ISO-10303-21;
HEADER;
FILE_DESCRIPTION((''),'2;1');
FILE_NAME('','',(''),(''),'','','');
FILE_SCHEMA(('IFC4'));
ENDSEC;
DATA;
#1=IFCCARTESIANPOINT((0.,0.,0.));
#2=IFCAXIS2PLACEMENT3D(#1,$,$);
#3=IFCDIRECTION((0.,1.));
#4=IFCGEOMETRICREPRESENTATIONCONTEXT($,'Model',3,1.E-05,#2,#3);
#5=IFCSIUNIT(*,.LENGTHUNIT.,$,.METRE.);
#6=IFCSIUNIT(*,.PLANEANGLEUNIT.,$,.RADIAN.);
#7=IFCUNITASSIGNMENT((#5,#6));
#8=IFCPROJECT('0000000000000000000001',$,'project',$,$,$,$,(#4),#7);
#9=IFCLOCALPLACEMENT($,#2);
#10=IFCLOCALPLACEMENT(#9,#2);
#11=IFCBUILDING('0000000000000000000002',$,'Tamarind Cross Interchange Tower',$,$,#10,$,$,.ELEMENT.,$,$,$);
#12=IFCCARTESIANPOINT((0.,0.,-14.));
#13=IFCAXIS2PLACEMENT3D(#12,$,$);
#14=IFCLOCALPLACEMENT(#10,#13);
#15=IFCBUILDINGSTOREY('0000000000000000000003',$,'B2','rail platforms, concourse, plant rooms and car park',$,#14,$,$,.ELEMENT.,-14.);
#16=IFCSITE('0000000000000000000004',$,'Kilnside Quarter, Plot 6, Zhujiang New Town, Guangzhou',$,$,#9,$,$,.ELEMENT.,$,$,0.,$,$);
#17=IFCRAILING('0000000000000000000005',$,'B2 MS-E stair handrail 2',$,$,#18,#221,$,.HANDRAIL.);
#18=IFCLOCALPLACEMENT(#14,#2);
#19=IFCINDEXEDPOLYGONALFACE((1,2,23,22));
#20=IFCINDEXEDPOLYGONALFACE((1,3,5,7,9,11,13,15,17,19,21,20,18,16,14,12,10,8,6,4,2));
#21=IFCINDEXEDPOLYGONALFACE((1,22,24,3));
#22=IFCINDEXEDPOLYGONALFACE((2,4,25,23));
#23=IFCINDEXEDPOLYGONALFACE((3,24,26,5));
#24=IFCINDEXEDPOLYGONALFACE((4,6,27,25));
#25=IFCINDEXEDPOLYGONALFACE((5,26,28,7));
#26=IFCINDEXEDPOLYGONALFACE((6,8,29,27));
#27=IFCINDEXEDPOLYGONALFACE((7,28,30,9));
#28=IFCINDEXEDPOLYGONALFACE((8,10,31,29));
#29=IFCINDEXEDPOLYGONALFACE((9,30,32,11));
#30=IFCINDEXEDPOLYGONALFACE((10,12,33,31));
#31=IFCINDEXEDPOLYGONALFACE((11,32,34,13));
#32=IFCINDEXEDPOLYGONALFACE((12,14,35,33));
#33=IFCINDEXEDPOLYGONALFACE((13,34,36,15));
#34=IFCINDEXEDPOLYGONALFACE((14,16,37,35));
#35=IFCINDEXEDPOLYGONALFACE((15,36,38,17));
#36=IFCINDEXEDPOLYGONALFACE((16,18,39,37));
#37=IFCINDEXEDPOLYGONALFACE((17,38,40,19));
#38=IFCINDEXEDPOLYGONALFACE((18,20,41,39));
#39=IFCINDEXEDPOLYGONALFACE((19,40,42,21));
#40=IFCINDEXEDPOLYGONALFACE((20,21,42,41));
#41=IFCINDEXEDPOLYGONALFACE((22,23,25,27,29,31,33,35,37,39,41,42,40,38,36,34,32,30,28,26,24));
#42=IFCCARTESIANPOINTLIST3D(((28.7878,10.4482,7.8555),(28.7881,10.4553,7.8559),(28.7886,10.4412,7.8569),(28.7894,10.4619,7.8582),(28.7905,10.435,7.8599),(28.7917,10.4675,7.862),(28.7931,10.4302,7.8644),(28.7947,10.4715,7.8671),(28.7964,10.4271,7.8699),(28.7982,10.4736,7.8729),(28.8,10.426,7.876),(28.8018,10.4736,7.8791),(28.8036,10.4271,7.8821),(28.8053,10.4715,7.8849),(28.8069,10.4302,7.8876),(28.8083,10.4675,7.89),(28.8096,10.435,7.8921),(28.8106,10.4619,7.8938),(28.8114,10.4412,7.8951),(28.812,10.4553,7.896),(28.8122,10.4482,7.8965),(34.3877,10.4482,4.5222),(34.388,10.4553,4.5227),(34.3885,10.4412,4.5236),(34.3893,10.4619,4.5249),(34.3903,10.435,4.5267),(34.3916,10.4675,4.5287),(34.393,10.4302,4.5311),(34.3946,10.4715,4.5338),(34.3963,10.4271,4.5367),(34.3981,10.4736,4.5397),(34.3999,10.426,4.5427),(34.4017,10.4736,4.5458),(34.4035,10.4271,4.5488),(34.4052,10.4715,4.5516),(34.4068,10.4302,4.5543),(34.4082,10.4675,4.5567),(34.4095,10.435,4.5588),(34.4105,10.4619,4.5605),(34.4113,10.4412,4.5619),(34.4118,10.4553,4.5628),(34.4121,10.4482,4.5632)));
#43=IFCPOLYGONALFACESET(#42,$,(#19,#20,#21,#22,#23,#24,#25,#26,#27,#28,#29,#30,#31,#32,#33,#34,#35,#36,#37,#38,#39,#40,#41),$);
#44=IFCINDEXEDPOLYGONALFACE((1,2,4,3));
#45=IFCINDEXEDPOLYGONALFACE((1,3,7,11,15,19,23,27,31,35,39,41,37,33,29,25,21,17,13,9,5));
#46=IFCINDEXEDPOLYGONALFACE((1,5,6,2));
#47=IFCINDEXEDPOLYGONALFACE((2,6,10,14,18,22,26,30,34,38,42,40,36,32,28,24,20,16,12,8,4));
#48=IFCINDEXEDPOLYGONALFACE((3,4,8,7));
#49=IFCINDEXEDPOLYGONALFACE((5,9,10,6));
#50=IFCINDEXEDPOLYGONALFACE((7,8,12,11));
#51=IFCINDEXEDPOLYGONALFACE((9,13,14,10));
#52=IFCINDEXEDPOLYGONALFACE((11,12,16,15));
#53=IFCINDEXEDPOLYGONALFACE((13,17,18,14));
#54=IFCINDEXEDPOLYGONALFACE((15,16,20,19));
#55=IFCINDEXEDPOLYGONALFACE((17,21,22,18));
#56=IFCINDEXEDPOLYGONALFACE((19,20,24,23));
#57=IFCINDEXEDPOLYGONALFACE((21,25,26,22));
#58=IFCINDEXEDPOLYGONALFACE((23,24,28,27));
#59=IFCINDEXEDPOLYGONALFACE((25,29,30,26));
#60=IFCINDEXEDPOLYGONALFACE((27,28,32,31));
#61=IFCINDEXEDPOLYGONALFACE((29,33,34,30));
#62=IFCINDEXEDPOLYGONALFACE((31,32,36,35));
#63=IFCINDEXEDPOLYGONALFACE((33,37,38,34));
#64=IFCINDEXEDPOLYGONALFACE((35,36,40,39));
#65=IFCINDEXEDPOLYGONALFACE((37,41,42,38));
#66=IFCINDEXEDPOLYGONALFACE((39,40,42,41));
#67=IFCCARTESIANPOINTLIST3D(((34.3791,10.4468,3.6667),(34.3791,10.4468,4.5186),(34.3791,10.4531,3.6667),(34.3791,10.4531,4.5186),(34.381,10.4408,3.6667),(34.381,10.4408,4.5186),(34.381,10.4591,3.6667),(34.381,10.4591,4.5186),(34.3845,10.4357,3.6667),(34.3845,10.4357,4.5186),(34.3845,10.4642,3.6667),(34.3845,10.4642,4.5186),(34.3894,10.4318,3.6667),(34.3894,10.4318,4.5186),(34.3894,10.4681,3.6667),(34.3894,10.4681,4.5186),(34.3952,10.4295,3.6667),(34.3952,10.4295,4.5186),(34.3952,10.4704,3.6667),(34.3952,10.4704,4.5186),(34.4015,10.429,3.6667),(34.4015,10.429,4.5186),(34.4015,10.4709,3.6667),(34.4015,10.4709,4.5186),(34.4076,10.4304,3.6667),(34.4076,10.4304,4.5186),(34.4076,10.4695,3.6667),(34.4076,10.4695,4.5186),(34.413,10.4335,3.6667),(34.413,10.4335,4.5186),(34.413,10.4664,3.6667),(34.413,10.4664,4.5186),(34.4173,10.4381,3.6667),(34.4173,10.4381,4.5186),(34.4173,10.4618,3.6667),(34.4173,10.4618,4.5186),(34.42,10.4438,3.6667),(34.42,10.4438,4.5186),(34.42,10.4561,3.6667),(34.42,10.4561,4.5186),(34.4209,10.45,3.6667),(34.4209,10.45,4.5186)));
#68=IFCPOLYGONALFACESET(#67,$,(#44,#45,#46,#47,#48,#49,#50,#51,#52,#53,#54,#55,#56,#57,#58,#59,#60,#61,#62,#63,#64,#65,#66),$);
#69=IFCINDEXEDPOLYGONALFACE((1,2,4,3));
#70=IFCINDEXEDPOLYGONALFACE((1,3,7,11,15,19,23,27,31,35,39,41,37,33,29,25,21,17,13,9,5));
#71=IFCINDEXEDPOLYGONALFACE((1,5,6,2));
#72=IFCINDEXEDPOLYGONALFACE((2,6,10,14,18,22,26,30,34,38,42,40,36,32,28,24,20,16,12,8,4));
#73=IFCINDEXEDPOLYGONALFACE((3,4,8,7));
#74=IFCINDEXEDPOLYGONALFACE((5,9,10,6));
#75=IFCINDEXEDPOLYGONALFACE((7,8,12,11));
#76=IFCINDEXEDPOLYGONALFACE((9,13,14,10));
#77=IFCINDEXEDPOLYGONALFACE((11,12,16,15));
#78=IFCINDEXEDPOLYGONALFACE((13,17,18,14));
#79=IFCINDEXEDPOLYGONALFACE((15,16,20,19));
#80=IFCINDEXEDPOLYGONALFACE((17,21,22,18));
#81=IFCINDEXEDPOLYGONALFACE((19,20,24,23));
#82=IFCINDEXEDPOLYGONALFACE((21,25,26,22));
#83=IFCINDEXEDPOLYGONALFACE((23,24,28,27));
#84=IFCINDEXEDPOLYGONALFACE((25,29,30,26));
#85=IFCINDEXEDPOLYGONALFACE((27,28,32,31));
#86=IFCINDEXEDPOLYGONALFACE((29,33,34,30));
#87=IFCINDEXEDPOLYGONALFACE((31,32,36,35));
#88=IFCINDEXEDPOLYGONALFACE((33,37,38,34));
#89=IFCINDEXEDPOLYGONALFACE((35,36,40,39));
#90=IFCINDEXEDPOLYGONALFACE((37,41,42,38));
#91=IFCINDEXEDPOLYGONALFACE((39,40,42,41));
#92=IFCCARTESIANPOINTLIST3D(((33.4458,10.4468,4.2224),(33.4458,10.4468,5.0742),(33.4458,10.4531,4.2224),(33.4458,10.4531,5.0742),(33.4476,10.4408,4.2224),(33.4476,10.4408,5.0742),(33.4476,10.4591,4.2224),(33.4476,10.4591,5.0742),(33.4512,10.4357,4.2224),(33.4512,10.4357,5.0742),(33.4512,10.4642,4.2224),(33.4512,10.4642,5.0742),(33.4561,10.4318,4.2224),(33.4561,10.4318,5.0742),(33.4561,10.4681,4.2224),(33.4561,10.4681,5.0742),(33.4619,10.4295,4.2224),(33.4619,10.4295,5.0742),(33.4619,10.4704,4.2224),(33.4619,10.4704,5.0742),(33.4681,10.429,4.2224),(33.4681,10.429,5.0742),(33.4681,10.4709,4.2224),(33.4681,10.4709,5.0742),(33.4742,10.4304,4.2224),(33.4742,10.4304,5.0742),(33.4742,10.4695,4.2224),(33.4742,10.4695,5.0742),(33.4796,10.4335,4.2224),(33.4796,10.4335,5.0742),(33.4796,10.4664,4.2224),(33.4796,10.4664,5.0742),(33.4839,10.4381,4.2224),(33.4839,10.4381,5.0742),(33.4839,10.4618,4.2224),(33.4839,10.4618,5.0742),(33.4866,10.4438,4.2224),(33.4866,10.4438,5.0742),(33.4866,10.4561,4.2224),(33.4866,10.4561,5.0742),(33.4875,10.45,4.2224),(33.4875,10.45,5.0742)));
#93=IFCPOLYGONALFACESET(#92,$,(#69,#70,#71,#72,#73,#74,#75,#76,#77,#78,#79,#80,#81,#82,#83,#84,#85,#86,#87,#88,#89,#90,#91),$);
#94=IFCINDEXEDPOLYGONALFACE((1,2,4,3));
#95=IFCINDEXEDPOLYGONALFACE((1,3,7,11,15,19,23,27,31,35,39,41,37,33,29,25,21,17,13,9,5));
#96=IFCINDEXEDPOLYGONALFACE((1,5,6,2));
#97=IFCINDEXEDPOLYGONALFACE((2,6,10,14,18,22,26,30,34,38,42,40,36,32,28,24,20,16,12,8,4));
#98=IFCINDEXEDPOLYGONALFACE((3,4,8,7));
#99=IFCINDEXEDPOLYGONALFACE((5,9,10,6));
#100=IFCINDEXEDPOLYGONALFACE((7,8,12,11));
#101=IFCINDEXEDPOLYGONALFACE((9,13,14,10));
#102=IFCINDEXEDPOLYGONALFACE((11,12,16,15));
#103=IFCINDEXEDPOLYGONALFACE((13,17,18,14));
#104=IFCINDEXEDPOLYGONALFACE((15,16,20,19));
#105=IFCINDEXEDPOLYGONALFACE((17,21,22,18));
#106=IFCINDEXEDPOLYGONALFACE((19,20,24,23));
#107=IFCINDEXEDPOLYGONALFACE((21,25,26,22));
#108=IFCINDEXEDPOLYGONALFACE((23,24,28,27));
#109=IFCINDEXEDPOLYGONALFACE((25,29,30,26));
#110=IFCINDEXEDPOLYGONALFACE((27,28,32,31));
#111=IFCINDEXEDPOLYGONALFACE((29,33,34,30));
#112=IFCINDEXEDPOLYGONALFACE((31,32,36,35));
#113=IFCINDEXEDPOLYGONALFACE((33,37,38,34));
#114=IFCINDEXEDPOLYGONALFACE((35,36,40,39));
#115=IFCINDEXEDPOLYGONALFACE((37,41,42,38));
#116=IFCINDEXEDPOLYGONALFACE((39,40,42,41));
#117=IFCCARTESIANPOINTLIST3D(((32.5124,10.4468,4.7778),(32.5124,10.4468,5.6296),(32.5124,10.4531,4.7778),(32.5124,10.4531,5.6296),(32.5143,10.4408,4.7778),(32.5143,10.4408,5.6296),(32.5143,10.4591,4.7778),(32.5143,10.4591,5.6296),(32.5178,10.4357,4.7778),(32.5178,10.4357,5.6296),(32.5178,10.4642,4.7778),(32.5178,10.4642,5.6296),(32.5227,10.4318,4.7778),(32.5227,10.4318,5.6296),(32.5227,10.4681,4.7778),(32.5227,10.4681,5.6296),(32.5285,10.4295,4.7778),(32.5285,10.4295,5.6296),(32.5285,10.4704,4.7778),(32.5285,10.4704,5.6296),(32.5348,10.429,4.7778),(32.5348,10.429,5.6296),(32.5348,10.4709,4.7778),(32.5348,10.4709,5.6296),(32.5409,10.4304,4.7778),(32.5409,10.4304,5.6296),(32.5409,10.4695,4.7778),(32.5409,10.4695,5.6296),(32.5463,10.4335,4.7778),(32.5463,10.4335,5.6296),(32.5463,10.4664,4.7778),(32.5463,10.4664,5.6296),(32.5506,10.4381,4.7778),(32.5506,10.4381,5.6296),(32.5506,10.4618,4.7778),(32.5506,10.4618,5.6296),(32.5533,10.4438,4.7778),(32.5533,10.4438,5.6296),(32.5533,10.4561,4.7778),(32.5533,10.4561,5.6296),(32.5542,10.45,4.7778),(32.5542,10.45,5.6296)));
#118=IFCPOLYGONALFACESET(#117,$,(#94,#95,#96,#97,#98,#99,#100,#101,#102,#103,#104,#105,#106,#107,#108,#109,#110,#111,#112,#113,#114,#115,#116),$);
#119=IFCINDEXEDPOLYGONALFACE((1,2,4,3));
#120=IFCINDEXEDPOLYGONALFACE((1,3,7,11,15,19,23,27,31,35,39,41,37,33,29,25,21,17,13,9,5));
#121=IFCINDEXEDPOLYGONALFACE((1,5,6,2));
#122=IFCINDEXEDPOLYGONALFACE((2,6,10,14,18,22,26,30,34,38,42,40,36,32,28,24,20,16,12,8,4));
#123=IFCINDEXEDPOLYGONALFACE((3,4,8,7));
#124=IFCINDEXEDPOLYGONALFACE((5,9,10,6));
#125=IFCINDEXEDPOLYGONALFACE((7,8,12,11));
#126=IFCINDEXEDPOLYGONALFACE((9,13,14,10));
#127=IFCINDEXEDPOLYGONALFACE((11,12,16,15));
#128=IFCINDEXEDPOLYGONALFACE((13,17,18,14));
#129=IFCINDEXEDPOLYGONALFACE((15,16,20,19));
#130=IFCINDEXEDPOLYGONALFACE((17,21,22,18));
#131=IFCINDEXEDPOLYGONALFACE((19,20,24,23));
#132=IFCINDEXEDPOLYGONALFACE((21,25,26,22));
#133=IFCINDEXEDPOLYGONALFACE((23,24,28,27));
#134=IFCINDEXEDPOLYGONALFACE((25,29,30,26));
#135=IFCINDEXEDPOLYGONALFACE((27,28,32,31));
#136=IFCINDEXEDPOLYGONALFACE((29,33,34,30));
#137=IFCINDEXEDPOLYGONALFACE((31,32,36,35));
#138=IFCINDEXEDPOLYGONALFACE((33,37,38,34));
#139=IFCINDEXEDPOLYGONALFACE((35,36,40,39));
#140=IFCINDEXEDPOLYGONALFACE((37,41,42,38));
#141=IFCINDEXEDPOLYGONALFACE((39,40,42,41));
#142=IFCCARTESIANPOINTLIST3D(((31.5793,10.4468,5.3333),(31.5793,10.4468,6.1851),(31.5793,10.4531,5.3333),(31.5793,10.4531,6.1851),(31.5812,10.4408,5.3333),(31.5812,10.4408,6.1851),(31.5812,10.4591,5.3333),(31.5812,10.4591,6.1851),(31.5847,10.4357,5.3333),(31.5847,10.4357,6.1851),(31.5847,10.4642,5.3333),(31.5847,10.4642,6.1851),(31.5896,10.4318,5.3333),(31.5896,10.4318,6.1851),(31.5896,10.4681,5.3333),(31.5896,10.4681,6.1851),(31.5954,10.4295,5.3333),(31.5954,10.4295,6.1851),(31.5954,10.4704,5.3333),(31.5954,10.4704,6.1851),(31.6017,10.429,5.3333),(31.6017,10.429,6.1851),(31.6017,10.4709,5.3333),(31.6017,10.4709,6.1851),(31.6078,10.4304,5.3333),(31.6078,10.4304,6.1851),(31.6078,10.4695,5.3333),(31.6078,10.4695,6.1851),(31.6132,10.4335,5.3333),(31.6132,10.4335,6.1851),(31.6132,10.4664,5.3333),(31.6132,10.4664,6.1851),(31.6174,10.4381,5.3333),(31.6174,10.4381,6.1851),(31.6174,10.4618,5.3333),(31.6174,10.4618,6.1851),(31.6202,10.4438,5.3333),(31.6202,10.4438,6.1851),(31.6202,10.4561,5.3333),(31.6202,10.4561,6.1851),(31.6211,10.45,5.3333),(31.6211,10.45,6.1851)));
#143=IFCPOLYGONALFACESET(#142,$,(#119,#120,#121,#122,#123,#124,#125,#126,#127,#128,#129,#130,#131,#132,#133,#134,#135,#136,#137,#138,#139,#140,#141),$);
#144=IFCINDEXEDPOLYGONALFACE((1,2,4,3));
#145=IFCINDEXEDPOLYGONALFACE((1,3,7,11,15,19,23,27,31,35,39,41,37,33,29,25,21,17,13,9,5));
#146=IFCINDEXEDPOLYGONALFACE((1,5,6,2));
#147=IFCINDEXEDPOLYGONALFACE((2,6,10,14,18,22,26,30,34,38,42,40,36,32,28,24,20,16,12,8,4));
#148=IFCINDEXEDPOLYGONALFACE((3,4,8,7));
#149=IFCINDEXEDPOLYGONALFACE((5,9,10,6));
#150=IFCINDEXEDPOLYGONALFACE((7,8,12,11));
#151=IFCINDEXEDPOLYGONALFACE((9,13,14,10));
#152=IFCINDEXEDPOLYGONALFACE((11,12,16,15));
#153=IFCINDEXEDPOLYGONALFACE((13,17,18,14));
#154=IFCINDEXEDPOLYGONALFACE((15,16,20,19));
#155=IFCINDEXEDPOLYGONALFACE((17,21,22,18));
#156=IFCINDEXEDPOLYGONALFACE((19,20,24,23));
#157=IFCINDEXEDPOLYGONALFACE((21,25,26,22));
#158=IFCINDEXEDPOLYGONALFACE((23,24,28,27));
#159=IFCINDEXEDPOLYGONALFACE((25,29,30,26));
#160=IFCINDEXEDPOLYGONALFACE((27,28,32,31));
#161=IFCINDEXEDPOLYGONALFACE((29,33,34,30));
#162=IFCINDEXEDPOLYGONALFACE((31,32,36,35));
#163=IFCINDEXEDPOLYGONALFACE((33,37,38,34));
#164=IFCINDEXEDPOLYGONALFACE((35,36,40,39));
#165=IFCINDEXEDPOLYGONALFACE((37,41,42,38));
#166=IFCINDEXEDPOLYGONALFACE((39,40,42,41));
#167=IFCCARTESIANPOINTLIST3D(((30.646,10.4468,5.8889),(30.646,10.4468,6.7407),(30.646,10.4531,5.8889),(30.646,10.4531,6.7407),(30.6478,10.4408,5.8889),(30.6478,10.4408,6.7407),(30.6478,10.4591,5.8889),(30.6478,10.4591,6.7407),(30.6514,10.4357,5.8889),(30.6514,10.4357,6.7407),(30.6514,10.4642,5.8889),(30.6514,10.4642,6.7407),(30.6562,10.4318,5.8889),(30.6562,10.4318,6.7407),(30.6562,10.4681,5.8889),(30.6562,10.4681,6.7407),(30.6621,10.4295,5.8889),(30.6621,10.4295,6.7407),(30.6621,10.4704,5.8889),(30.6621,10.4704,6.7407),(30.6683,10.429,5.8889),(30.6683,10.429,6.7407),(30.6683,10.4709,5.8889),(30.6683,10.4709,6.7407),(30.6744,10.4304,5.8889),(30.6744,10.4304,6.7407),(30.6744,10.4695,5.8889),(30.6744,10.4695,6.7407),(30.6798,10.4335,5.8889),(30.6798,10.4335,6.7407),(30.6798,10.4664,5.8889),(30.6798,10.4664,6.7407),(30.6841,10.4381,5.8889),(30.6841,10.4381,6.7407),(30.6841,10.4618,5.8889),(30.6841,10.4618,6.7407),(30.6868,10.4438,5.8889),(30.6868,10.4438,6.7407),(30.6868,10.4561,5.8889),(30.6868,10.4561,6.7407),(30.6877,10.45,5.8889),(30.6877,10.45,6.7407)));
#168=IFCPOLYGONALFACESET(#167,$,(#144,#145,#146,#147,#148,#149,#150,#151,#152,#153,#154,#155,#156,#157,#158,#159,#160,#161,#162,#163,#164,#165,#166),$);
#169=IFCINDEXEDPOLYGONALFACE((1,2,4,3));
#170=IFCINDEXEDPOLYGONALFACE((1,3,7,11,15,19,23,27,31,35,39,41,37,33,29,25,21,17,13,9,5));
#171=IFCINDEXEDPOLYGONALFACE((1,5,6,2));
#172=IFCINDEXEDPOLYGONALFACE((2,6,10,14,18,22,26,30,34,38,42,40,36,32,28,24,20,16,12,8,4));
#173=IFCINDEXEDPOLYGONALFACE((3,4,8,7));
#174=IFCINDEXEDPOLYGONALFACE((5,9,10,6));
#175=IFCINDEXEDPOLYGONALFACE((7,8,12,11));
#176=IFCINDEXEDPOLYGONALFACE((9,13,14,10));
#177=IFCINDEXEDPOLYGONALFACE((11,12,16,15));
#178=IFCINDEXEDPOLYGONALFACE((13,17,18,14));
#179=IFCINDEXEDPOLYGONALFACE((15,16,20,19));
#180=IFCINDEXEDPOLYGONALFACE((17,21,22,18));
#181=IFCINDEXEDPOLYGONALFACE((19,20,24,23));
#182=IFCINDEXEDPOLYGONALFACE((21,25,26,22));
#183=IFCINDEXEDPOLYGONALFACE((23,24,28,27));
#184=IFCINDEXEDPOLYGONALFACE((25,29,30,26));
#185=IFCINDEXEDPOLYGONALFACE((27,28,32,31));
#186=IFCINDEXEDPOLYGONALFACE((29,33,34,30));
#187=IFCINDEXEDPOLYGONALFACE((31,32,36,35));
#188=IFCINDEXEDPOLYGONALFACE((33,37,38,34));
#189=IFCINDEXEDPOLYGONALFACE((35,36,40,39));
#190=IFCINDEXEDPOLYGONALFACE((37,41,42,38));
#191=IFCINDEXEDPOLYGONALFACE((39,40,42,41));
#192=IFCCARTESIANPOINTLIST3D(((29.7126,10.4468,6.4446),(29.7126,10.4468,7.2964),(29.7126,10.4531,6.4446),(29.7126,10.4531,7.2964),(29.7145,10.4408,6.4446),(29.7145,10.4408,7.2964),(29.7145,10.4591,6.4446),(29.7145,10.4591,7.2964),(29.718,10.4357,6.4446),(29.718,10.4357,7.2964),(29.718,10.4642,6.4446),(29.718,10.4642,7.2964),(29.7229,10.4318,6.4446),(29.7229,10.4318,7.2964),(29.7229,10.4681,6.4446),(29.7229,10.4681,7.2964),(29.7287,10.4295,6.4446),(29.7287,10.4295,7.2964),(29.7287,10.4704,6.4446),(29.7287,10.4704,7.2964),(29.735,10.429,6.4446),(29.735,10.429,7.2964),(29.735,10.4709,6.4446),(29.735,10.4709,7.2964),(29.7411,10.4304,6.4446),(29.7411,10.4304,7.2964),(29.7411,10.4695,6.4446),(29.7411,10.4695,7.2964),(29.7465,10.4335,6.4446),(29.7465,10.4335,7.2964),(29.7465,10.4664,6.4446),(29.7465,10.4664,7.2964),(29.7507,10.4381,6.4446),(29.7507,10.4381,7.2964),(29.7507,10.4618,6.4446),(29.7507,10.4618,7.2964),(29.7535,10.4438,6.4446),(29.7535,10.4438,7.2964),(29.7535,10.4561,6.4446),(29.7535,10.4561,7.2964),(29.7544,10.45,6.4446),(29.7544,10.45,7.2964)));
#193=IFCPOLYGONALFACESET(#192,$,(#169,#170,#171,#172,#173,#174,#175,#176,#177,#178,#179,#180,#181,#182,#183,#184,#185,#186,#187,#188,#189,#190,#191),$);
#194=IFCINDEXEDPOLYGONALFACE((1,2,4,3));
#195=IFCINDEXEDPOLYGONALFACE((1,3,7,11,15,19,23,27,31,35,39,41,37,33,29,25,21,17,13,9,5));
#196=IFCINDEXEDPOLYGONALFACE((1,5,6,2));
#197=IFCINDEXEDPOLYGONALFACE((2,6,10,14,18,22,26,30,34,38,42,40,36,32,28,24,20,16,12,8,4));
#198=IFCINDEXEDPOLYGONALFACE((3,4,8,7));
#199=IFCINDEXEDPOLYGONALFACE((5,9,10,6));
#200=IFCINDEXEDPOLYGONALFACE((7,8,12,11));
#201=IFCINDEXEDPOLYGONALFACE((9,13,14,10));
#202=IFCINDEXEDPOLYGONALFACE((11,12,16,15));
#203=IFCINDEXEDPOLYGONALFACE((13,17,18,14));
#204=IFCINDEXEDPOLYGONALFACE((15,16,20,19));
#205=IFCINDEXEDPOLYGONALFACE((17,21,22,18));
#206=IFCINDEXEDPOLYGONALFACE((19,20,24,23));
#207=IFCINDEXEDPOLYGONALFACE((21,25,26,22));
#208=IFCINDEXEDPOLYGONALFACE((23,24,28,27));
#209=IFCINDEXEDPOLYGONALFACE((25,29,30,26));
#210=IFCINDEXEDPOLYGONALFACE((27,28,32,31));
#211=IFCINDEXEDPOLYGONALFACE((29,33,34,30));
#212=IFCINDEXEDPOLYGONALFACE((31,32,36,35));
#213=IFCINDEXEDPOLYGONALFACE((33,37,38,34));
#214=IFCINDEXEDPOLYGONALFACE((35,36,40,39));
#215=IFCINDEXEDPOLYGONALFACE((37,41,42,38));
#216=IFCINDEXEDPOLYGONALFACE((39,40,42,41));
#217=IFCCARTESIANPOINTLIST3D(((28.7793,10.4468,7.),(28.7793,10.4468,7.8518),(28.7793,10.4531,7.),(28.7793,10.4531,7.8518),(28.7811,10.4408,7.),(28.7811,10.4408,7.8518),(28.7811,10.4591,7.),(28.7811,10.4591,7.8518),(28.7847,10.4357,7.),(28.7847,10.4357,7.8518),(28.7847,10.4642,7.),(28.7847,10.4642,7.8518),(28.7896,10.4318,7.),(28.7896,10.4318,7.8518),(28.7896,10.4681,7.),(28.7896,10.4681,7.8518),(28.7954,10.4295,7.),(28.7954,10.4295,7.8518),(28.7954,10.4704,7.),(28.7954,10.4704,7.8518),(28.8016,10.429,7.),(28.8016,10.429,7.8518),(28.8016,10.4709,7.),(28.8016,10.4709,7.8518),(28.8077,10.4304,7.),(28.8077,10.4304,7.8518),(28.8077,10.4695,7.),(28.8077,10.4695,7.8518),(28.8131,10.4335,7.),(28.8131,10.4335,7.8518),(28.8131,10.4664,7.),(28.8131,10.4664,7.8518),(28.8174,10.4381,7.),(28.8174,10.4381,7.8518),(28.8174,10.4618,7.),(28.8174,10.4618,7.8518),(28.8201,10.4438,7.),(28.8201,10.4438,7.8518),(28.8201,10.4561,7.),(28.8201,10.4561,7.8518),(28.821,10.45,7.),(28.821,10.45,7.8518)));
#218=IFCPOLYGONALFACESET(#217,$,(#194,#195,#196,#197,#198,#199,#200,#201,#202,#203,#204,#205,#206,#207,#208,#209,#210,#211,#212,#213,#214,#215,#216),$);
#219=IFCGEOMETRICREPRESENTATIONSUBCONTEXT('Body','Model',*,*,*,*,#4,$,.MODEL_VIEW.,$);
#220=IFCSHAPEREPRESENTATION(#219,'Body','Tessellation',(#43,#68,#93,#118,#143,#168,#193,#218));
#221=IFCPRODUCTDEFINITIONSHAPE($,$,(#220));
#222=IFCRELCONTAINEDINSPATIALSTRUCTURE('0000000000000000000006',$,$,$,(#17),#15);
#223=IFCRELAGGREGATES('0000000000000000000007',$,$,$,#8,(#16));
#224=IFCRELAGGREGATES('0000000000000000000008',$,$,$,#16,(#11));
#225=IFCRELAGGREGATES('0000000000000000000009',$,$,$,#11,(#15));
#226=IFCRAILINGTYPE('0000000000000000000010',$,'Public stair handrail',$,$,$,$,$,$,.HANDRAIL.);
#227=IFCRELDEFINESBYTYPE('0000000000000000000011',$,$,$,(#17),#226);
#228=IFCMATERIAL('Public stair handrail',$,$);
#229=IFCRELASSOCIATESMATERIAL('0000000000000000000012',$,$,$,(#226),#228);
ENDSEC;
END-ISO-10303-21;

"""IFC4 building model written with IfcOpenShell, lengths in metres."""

from ifc_helpers import new_model, si_unit, direction, frame, origin, origin_2d, place, context, subcontext, project, spatial, circle, extrude, material, type_object, element, save


model = new_model("IFC4")

# Units and contexts
model_context = context("Model", 3, precision=1e-05, world=origin(), true_north=direction((0.0, 1.0)))
body_context = subcontext(model_context, "Body", "Model", "MODEL_VIEW")
ifc_project = project(units=[si_unit("LENGTHUNIT", "METRE"), si_unit("PLANEANGLEUNIT", "RADIAN")], contexts=[model_context])

# Site, building, storey
site_placement = place(None, origin())
site = spatial("IfcSite", under=ifc_project, at=site_placement, Name="Kilnside Quarter, Plot 6, Zhujiang New Town, Guangzhou", CompositionType="ELEMENT", RefElevation=0.0)
building_placement = place(site_placement, origin())
building = spatial("IfcBuilding", under=site, at=building_placement, Name="Tamarind Cross Interchange Tower", CompositionType="ELEMENT")
storey_placement = place(building_placement, frame((0.0, 0.0, -14.0)))
storey = spatial("IfcBuildingStorey", under=building, at=storey_placement, Name="B2", Description="rail platforms, concourse, plant rooms and car park", CompositionType="ELEMENT", Elevation=-14.0)

# Railing
ifc_material_1 = material(Name="Public stair handrail")
railing_type_1 = type_object("IfcRailingType", Name="Public stair handrail", PredefinedType="HANDRAIL", material=ifc_material_1)
railing_1_placement = place(storey_placement, frame((34.3999, 10.45, 3.6667)))
element("IfcRailing", 1, at=railing_1_placement, inside=storey, type_object=railing_type_1, Name="B2 MS-E stair handrail 2", PredefinedType="HANDRAIL", context=body_context, shape_type="SweptSolid", body=[
    extrude(circle(Radius=0.0239, at=origin_2d()), frame((0.0, 0.0, 0.876), z_axis=(-0.859292, 0.0, 0.511485), x_axis=(0.0, -1.0, 0.0)), (0.0, 0.0, 1.0), 6.5168),
    extrude(circle(Radius=0.021, at=origin_2d()), origin(), (0.0, 0.0, 1.0), 0.8518),
    extrude(circle(Radius=0.021, at=origin_2d()), frame((-0.9333, 0.0, 0.5557)), (0.0, 0.0, 1.0), 0.8518),
    extrude(circle(Radius=0.021, at=origin_2d()), frame((-1.8667, 0.0, 1.1111)), (0.0, 0.0, 1.0), 0.8518),
    extrude(circle(Radius=0.021, at=origin_2d()), frame((-2.7998, 0.0, 1.6665)), (0.0, 0.0, 1.0), 0.8518),
    extrude(circle(Radius=0.021, at=origin_2d()), frame((-3.7332, 0.0, 2.2222)), (0.0, 0.0, 1.0), 0.8518),
    extrude(circle(Radius=0.021, at=origin_2d()), frame((-4.6665, 0.0, 2.7778)), (0.0, 0.0, 1.0), 0.8518),
    extrude(circle(Radius=0.021, at=origin_2d()), frame((-5.5999, 0.0, 3.3333)), (0.0, 0.0, 1.0), 0.8518),
])

save(model, "model.ifc")
